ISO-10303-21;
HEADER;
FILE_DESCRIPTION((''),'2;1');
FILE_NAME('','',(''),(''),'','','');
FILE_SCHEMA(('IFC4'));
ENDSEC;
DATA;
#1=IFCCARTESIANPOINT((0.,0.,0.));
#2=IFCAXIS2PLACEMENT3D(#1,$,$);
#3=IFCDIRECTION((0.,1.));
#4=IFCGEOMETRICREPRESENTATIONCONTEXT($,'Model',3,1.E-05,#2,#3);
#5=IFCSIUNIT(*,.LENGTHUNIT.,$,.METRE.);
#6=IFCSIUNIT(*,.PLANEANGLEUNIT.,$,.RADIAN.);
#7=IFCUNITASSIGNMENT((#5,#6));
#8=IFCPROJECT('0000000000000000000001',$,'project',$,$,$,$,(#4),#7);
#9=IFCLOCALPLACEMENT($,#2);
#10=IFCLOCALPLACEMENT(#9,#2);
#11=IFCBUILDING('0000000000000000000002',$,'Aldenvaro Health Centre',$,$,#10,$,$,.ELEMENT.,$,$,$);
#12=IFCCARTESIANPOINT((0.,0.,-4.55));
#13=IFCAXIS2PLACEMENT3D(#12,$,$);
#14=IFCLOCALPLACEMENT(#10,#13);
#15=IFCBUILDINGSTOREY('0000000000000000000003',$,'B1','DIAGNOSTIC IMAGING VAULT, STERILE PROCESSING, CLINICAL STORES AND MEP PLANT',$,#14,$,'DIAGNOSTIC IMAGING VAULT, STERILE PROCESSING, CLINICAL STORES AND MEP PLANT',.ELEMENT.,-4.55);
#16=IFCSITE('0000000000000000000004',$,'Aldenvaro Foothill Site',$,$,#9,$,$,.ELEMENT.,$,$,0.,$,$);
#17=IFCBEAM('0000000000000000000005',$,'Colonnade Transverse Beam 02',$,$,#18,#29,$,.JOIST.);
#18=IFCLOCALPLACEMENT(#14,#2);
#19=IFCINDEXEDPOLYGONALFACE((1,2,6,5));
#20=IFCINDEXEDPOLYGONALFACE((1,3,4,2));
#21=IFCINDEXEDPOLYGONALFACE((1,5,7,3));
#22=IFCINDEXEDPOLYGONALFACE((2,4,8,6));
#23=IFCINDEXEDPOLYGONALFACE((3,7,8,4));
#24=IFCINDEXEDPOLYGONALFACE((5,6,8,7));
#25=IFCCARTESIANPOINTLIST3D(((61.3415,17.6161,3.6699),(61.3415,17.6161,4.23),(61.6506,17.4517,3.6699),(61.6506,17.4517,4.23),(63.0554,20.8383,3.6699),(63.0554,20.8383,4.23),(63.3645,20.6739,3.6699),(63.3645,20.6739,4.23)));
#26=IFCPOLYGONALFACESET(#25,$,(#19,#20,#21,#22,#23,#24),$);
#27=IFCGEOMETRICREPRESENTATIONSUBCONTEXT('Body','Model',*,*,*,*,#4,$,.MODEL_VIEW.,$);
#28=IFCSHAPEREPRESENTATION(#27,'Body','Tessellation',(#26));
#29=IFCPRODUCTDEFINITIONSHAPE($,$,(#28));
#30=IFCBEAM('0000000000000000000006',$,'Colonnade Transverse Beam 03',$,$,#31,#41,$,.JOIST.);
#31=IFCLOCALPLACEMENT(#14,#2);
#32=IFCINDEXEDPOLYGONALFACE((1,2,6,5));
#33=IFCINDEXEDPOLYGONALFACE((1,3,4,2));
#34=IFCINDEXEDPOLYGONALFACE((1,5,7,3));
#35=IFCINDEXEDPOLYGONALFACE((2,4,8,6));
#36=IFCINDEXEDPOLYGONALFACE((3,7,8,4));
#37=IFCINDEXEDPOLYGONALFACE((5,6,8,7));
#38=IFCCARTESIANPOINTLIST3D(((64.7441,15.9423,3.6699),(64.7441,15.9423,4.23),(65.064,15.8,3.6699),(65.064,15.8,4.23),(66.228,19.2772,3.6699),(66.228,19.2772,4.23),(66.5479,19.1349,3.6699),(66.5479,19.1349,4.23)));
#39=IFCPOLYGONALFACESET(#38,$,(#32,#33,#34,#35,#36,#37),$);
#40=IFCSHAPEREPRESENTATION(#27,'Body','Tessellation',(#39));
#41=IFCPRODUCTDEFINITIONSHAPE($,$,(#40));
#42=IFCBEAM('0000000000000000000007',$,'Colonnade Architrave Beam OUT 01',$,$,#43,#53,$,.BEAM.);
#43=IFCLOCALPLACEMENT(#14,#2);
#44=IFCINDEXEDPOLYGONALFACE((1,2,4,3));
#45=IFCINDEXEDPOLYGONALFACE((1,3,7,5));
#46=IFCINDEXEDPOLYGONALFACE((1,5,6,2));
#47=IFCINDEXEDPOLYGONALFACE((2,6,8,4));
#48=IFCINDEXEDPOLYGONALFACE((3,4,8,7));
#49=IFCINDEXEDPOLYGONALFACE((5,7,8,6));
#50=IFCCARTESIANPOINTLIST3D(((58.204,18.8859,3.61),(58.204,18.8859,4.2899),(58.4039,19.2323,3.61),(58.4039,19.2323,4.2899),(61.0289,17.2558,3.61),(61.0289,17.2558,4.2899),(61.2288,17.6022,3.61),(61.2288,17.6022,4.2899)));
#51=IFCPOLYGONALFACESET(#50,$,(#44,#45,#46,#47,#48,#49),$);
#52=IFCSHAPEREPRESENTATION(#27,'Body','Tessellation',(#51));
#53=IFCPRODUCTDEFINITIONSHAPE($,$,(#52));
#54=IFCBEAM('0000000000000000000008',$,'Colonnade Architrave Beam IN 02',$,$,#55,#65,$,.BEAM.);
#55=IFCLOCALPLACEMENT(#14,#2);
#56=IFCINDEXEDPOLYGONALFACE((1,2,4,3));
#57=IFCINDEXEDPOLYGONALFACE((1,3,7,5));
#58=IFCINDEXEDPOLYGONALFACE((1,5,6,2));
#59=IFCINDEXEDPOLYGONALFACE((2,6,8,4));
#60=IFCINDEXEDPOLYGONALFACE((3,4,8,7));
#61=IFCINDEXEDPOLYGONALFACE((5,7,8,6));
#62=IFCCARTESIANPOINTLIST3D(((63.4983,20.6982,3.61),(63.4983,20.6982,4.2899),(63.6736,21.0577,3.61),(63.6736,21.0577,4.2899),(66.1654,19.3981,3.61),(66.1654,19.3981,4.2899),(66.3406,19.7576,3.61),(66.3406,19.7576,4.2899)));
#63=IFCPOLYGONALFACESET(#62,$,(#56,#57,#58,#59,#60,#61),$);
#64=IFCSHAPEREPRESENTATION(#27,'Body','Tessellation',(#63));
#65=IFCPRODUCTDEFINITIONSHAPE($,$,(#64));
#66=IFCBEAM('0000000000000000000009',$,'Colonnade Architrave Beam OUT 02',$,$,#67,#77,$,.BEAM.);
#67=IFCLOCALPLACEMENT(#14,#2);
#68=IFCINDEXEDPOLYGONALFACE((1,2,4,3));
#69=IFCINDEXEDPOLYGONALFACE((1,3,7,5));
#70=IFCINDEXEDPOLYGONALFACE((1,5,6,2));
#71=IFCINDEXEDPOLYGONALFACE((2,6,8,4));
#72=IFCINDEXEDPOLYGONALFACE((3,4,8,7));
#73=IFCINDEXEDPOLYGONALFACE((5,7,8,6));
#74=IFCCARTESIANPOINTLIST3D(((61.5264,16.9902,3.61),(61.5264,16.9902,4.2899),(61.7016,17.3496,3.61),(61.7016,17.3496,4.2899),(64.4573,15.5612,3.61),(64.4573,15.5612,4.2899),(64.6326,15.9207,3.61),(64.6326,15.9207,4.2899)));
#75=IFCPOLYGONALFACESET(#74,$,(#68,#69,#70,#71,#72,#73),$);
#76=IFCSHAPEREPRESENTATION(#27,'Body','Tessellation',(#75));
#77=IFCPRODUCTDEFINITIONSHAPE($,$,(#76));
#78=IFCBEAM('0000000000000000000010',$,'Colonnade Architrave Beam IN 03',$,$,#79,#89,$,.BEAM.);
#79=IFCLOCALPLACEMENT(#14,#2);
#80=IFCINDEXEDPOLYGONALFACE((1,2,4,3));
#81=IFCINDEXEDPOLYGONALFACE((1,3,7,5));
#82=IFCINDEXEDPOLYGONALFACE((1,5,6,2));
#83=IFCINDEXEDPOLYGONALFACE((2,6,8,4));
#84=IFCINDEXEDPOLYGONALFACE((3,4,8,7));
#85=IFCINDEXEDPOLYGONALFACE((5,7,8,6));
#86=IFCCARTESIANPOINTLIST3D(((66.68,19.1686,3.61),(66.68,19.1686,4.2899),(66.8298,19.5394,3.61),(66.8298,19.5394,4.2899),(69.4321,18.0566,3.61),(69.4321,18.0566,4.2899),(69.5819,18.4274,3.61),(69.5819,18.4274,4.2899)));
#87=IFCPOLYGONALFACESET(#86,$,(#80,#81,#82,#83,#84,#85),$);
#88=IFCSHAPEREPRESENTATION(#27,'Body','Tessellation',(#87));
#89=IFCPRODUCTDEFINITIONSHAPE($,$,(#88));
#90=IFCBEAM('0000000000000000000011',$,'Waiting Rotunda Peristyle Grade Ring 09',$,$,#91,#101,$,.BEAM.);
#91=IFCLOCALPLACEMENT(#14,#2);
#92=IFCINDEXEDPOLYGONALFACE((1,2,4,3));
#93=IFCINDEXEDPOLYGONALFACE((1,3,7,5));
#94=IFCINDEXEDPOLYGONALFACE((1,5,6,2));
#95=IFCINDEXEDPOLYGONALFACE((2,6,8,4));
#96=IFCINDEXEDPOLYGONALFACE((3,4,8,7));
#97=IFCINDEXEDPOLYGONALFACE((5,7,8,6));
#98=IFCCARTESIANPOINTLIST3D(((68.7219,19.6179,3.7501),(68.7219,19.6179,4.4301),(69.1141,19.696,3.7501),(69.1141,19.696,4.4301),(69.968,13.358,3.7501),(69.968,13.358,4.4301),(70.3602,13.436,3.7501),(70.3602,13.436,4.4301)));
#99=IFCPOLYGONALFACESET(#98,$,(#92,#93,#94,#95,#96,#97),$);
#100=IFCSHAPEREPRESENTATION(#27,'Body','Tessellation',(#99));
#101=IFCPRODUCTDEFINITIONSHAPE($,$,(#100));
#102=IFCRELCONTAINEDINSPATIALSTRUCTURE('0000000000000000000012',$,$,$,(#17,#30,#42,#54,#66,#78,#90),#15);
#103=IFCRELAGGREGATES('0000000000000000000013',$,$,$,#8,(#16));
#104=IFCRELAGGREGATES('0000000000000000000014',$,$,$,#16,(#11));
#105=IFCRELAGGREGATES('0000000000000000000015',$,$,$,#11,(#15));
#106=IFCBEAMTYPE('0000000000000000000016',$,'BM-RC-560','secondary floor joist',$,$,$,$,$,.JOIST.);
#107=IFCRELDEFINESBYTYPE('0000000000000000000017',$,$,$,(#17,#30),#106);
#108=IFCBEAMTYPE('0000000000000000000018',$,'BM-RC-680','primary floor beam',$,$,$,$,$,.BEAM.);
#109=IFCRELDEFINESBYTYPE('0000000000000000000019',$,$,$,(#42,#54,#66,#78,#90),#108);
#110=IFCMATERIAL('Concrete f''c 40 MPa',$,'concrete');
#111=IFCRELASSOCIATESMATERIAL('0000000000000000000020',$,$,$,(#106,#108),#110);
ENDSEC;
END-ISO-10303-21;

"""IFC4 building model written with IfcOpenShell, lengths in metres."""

from ifc_helpers import new_model, si_unit, direction, frame, origin, origin_2d, place, context, subcontext, project, spatial, rectangle, extrude, material, material_profile, profile_set, type_object, element, save


model = new_model("IFC4")

# Units and contexts
model_context = context("Model", 3, precision=1e-05, world=origin(), true_north=direction((0.0, 1.0)))
body_context = subcontext(model_context, "Body", "Model", "MODEL_VIEW")
ifc_project = project(units=[si_unit("LENGTHUNIT", "METRE"), si_unit("PLANEANGLEUNIT", "RADIAN")], contexts=[model_context])

# Site, building, storey
site_placement = place(None, origin())
site = spatial("IfcSite", under=ifc_project, at=site_placement, Name="Aldenvaro Foothill Site", CompositionType="ELEMENT", RefElevation=0.0)
building_placement = place(site_placement, origin())
building = spatial("IfcBuilding", under=site, at=building_placement, Name="Aldenvaro Health Centre", CompositionType="ELEMENT")
storey_placement = place(building_placement, frame((0.0, 0.0, -4.55)))
storey = spatial("IfcBuildingStorey", under=building, at=storey_placement, Name="B1", Description="DIAGNOSTIC IMAGING VAULT, STERILE PROCESSING, CLINICAL STORES AND MEP PLANT", LongName="DIAGNOSTIC IMAGING VAULT, STERILE PROCESSING, CLINICAL STORES AND MEP PLANT", CompositionType="ELEMENT", Elevation=-4.55)

# Shared definitions
ifc_material = material(Name="Concrete f'c 40 MPa", Category="concrete")

# Beams
ifc_material_profile_1 = material_profile(ifc_material, rectangle(XDim=0.3501, YDim=0.5601, at=origin_2d()), Name="RC 350x560", Category="concrete")
ifc_profile_set_1 = profile_set([ifc_material_profile_1], Name="Concrete f'c 40 MPa")
beam_type_1 = type_object("IfcBeamType", Name="BM-RC-560", Description="secondary floor joist", PredefinedType="JOIST", material=ifc_profile_set_1)
for number, where, z_axis, x_axis, name in (
    (1, (63.21, 20.7561, 3.95), (-0.469602, -0.882878, 0.0), (0.882878, -0.469602, 0.0), "Colonnade Transverse Beam 02"),
):
    element("IfcBeam", number, at=place(storey_placement, frame(where, z_axis=z_axis, x_axis=x_axis)), inside=storey, type_object=beam_type_1, Name=name, PredefinedType="JOIST", context=body_context, shape_type="SweptSolid", body=[
        extrude(rectangle(XDim=0.3501, YDim=0.5601, at=origin_2d()), origin(), (0.0, 0.0, 1.0), 3.6497),
    ])
beam_1_placement = place(storey_placement, frame((66.3879, 19.2061, 3.95), z_axis=(-0.406523, -0.91364, 0.0), x_axis=(0.91364, -0.406523, 0.0)))
element("IfcBeam", 2, at=beam_1_placement, inside=storey, type_object=beam_type_1, Name="Colonnade Transverse Beam 03", PredefinedType="JOIST", context=body_context, shape_type="SweptSolid", body=[
    extrude(rectangle(XDim=0.3501, YDim=0.5601, at=origin_2d()), origin(), (0.0, 0.0, 1.0), 3.6501),
])
ifc_material_profile_2 = material_profile(ifc_material, rectangle(XDim=0.3999, YDim=0.6799, at=origin_2d()), Name="RC 400x680", Category="concrete")
ifc_profile_set_2 = profile_set([ifc_material_profile_2], Name="Concrete f'c 40 MPa")
beam_type_2 = type_object("IfcBeamType", Name="BM-RC-680", Description="primary floor beam", PredefinedType="BEAM", material=ifc_profile_set_2)
beam_2_placement = place(storey_placement, frame((58.304, 19.0591, 3.95), z_axis=(0.866139, -0.499802, 0.0), x_axis=(0.499802, 0.866139, 0.0)))
element("IfcBeam", 3, at=beam_2_placement, inside=storey, type_object=beam_type_2, Name="Colonnade Architrave Beam OUT 01", PredefinedType="BEAM", context=body_context, shape_type="SweptSolid", body=[
    extrude(rectangle(XDim=0.3999, YDim=0.6799, at=origin_2d()), origin(), (0.0, 0.0, 1.0), 3.2615),
])
beam_3_placement = place(storey_placement, frame((63.5859, 20.8779, 3.95), z_axis=(0.898891, -0.438172, 0.0), x_axis=(0.438172, 0.898891, 0.0)))
element("IfcBeam", 4, at=beam_3_placement, inside=storey, type_object=beam_type_2, Name="Colonnade Architrave Beam IN 02", PredefinedType="BEAM", context=body_context, shape_type="SweptSolid", body=[
    extrude(rectangle(XDim=0.3999, YDim=0.6799, at=origin_2d()), origin(), (0.0, 0.0, 1.0), 2.967),
])
beam_4_placement = place(storey_placement, frame((61.614, 17.1699, 3.95), z_axis=(0.89886, -0.438236, 0.0), x_axis=(0.438236, 0.89886, 0.0)))
element("IfcBeam", 5, at=beam_4_placement, inside=storey, type_object=beam_type_2, Name="Colonnade Architrave Beam OUT 02", PredefinedType="BEAM", context=body_context, shape_type="SweptSolid", body=[
    extrude(rectangle(XDim=0.3999, YDim=0.6799, at=origin_2d()), origin(), (0.0, 0.0, 1.0), 3.2607),
])
beam_5_placement = place(storey_placement, frame((66.7549, 19.354, 3.95), z_axis=(0.927172, -0.374636, 0.0), x_axis=(0.374636, 0.927172, 0.0)))
element("IfcBeam", 6, at=beam_5_placement, inside=storey, type_object=beam_type_2, Name="Colonnade Architrave Beam IN 03", PredefinedType="BEAM", context=body_context, shape_type="SweptSolid", body=[
    extrude(rectangle(XDim=0.3999, YDim=0.6799, at=origin_2d()), origin(), (0.0, 0.0, 1.0), 2.9683),
])
beam_6_placement = place(storey_placement, frame((68.918, 19.657, 4.0901), z_axis=(0.195226, -0.980758, 0.0), x_axis=(0.980758, 0.195226, 0.0)))
element("IfcBeam", 7, at=beam_6_placement, inside=storey, type_object=beam_type_2, Name="Waiting Rotunda Peristyle Grade Ring 09", PredefinedType="BEAM", context=body_context, shape_type="SweptSolid", body=[
    extrude(rectangle(XDim=0.3999, YDim=0.6799, at=origin_2d()), origin(), (0.0, 0.0, 1.0), 6.3828),
])

save(model, "model.ifc")
